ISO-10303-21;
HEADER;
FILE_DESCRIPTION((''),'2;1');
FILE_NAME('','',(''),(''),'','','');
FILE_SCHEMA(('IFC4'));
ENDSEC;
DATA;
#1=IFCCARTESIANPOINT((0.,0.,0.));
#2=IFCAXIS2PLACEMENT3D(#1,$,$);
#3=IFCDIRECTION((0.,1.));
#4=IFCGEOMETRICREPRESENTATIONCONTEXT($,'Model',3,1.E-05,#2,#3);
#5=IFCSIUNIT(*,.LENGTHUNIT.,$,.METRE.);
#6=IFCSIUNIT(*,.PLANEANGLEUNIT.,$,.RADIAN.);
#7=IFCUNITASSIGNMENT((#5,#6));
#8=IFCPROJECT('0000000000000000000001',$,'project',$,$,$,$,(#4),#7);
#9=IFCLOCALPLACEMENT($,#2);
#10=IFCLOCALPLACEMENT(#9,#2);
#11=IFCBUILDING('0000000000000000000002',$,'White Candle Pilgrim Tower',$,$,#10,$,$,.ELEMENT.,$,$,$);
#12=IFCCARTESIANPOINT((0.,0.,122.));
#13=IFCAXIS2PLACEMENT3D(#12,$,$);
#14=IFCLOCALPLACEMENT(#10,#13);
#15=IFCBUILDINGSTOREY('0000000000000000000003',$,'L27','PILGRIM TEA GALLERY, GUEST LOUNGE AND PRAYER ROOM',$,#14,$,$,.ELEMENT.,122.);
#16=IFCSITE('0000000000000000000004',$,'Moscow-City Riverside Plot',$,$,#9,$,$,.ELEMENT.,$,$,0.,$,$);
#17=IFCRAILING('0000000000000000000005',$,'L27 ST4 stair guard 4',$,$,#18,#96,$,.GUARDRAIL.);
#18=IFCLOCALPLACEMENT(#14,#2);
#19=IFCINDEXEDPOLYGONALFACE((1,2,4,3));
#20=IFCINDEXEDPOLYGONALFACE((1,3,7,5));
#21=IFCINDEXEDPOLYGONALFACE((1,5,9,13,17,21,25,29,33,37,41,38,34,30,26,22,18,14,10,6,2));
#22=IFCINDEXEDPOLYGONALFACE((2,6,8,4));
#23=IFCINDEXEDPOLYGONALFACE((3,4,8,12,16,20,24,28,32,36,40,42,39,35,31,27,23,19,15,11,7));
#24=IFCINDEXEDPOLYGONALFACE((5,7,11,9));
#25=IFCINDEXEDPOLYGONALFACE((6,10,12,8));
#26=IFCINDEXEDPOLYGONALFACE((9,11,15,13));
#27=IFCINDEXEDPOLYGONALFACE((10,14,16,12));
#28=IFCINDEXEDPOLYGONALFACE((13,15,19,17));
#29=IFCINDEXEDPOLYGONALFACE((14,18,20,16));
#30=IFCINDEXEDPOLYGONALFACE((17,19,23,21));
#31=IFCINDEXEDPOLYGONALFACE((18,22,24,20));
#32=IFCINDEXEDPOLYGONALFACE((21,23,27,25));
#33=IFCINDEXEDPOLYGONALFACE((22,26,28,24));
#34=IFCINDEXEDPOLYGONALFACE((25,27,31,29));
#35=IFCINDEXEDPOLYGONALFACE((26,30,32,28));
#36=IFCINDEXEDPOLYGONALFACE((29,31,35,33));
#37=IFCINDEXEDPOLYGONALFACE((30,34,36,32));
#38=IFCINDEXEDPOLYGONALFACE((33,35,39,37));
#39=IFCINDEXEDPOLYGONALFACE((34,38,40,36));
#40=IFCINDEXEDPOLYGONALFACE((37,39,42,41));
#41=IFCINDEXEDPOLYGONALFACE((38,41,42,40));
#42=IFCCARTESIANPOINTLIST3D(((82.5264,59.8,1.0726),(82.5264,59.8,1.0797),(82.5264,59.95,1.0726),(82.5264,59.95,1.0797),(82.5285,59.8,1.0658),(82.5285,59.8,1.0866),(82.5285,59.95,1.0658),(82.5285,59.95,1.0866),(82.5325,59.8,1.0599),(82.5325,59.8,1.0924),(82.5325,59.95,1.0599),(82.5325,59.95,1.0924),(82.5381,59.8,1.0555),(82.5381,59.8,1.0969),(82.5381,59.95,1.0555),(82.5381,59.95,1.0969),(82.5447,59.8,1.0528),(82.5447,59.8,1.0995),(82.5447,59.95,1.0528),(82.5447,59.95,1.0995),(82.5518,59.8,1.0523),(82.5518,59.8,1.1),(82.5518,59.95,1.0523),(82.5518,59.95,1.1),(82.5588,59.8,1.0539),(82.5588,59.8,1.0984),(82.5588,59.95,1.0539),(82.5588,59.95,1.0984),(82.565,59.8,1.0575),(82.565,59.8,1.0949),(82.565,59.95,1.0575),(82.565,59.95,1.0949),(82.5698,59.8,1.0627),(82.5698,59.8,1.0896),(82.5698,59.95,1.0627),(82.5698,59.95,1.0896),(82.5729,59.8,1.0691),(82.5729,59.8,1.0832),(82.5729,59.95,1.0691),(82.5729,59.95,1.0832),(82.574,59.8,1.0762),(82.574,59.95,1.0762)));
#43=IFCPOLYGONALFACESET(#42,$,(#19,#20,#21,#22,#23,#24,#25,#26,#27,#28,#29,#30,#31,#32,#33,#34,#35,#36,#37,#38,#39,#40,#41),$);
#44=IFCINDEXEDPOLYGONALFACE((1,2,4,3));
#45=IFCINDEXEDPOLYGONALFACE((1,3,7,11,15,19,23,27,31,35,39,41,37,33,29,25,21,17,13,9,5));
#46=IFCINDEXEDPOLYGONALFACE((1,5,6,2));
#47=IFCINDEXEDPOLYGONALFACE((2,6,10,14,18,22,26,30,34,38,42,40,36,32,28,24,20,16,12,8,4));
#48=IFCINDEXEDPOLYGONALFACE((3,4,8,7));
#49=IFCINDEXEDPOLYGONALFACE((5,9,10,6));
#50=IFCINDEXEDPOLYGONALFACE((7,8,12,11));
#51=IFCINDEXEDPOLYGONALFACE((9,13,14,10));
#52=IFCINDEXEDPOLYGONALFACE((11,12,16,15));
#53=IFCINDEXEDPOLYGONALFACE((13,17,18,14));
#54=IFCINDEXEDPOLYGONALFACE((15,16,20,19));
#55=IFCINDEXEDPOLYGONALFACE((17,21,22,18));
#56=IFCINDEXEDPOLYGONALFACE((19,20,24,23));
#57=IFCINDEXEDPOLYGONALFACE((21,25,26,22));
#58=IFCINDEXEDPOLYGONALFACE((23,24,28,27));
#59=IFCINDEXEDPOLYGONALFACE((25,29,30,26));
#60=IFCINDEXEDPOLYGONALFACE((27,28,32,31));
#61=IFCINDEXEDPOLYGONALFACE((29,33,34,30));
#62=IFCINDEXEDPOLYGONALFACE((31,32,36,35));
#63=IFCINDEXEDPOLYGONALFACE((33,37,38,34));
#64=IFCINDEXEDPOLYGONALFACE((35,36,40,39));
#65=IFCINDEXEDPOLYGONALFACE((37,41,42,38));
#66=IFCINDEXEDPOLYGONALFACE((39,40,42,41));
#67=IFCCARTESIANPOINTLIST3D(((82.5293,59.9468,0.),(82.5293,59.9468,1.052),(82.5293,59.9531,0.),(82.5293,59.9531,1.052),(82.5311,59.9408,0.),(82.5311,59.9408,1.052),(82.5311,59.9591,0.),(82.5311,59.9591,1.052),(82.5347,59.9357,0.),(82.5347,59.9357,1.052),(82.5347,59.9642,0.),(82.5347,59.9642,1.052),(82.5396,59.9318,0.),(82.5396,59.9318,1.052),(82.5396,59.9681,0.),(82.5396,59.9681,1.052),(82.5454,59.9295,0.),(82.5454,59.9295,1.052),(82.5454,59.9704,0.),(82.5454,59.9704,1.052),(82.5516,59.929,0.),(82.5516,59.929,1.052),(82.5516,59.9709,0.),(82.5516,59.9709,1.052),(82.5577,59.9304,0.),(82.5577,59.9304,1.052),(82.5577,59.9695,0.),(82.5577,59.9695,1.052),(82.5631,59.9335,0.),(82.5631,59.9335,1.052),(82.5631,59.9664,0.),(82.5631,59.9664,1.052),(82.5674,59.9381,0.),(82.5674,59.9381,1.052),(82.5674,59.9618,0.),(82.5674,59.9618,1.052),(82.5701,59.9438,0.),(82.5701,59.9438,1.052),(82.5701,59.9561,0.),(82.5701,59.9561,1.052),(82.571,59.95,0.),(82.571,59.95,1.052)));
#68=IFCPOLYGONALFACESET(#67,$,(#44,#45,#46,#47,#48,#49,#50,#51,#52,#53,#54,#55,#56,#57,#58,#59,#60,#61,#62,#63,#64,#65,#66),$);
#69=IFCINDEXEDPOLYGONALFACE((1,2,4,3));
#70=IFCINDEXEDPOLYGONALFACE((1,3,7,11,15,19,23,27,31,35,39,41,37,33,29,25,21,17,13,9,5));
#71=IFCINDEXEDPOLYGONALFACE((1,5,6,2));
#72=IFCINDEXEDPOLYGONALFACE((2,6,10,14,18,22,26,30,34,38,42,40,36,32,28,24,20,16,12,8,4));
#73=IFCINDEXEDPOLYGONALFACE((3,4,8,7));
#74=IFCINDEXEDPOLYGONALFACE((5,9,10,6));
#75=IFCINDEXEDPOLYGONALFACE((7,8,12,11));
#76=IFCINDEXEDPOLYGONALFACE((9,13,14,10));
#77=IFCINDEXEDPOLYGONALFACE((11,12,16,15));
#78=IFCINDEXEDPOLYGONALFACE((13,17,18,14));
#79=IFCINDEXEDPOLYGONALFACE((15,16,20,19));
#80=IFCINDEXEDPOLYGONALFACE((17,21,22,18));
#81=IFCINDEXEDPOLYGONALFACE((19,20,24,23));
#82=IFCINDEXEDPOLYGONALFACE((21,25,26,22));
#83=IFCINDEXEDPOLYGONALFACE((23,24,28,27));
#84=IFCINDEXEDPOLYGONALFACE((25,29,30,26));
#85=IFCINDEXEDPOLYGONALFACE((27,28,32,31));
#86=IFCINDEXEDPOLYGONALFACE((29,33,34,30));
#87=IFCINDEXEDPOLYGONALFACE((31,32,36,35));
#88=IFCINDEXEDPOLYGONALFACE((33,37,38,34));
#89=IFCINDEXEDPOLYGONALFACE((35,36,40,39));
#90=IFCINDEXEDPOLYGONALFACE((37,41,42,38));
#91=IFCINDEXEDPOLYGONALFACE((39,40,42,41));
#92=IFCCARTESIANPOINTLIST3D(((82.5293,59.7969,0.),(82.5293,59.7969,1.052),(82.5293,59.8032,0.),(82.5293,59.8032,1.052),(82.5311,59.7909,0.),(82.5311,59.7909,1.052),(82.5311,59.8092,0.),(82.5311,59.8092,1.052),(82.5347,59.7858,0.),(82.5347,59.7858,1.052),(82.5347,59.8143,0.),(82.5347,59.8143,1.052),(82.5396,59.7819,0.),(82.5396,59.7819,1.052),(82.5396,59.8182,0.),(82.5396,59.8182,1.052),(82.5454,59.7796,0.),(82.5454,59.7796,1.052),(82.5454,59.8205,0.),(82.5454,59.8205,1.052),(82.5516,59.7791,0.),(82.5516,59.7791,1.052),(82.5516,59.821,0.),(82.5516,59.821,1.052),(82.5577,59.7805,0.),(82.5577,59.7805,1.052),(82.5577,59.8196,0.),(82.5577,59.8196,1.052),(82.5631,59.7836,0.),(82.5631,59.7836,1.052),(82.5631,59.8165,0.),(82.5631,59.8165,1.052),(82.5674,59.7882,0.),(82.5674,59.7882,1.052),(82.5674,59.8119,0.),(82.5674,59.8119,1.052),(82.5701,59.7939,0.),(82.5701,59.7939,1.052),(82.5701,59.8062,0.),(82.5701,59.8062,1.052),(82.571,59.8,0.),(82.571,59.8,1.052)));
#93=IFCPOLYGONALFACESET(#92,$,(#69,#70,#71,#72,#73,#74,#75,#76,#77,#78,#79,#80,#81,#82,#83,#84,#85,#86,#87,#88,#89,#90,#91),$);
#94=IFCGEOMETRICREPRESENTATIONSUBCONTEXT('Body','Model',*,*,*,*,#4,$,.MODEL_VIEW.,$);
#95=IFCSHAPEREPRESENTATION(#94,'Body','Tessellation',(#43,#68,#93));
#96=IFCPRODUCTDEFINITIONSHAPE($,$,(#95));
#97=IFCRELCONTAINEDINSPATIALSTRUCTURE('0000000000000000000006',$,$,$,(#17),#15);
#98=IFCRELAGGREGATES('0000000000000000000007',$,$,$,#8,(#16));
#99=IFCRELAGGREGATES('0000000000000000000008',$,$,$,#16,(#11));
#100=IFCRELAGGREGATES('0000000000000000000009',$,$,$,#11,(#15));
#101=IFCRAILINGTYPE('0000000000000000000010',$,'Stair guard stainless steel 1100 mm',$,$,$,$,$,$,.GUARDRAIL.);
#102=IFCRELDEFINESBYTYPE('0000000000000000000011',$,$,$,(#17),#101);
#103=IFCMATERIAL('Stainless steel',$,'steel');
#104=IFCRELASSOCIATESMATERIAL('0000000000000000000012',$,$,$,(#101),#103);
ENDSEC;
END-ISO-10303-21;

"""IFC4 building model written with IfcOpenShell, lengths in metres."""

from ifc_helpers import new_model, si_unit, direction, frame, origin, origin_2d, place, context, subcontext, project, spatial, circle, extrude, material, type_object, element, save


model = new_model("IFC4")

# Units and contexts
model_context = context("Model", 3, precision=1e-05, world=origin(), true_north=direction((0.0, 1.0)))
body_context = subcontext(model_context, "Body", "Model", "MODEL_VIEW")
ifc_project = project(units=[si_unit("LENGTHUNIT", "METRE"), si_unit("PLANEANGLEUNIT", "RADIAN")], contexts=[model_context])

# Site, building, storey
site_placement = place(None, origin())
site = spatial("IfcSite", under=ifc_project, at=site_placement, Name="Moscow-City Riverside Plot", CompositionType="ELEMENT", RefElevation=0.0)
building_placement = place(site_placement, origin())
building = spatial("IfcBuilding", under=site, at=building_placement, Name="White Candle Pilgrim Tower", CompositionType="ELEMENT")
storey_placement = place(building_placement, frame((0.0, 0.0, 122.0)))
storey = spatial("IfcBuildingStorey", under=building, at=storey_placement, Name="L27", Description="PILGRIM TEA GALLERY, GUEST LOUNGE AND PRAYER ROOM", CompositionType="ELEMENT", Elevation=122.0)

# Railing
ifc_material_1 = material(Name="Stainless steel", Category="steel")
railing_type_1 = type_object("IfcRailingType", Name="Stair guard stainless steel 1100 mm", PredefinedType="GUARDRAIL", material=ifc_material_1)
railing_1_placement = place(storey_placement, frame((82.55, 59.95, 0.0)))
element("IfcRailing", 1, at=railing_1_placement, inside=storey, type_object=railing_type_1, Name="L27 ST4 stair guard 4", PredefinedType="GUARDRAIL", context=body_context, shape_type="SweptSolid", body=[
    extrude(circle(Radius=0.0239, at=origin_2d()), frame((0.0, 0.0, 1.0762), z_axis=(0.0, -1.0, 0.0), x_axis=(1.0, 0.0, 0.0)), (0.0, 0.0, 1.0), 0.1499),
    extrude(circle(Radius=0.021, at=origin_2d()), origin(), (0.0, 0.0, 1.0), 1.052),
    extrude(circle(Radius=0.021, at=origin_2d()), frame((0.0, -0.1499, 0.0)), (0.0, 0.0, 1.0), 1.052),
])

save(model, "model.ifc")
